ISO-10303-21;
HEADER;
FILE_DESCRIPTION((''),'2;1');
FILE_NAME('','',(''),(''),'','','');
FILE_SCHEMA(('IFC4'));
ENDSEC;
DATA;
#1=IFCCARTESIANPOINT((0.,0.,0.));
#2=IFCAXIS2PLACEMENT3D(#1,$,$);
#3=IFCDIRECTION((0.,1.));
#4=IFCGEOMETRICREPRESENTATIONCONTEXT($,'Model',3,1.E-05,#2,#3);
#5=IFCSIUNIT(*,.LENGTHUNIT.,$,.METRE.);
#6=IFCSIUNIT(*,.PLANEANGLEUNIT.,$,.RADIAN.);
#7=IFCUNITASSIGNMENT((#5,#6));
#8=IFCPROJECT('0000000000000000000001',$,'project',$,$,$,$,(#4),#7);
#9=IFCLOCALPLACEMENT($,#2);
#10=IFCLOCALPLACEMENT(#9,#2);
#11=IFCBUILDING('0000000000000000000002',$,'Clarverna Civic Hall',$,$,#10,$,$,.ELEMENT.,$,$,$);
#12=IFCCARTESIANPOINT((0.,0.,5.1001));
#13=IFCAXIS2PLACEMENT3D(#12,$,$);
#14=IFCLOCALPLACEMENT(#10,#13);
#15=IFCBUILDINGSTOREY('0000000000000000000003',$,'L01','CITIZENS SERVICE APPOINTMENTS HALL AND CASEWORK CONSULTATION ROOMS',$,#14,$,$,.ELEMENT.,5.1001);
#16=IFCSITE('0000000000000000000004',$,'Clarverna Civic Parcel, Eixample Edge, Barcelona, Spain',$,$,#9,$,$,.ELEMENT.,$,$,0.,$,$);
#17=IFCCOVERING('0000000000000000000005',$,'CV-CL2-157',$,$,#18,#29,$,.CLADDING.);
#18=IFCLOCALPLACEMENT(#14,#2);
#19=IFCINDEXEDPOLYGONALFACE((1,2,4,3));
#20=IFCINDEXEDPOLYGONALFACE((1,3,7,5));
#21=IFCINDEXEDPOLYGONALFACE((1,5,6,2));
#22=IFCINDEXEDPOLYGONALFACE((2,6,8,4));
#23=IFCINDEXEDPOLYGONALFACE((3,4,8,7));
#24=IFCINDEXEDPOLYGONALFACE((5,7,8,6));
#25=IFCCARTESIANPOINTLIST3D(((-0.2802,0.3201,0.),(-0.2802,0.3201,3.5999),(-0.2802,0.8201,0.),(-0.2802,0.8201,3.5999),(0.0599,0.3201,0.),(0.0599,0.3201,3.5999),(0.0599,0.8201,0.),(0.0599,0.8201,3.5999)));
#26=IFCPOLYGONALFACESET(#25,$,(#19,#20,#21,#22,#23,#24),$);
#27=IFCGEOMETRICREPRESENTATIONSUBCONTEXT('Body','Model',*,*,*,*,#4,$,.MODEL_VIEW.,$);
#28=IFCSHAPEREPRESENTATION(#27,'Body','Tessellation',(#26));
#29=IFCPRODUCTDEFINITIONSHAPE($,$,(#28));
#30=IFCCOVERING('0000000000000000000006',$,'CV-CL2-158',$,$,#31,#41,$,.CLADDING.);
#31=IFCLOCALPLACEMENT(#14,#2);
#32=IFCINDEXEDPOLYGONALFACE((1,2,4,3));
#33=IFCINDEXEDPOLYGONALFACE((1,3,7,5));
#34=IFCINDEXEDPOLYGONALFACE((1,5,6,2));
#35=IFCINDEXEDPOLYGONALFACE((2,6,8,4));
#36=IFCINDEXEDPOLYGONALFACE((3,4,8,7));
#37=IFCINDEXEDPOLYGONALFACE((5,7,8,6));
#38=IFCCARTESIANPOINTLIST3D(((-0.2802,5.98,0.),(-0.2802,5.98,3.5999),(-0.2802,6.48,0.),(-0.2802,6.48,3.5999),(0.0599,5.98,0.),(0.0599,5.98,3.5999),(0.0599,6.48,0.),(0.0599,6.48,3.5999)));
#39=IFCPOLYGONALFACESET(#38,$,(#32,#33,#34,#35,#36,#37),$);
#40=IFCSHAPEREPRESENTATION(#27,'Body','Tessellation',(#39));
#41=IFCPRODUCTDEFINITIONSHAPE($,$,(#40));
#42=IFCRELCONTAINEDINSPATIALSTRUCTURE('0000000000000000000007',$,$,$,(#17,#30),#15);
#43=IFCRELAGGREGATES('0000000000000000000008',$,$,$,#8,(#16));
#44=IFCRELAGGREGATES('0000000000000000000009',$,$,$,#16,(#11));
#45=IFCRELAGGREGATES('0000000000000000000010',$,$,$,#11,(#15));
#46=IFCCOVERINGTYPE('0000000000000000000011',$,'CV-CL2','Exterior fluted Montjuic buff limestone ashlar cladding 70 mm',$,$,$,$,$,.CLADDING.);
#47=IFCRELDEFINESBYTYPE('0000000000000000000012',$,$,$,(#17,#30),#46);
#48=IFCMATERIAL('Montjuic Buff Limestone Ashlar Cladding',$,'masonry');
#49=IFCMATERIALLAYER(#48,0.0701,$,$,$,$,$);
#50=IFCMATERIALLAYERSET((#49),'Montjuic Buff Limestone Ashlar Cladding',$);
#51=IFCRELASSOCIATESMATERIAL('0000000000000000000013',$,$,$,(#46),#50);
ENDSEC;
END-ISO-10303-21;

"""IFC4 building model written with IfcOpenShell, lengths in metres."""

from ifc_helpers import new_model, si_unit, direction, frame, frame_2d, origin, place, context, subcontext, project, spatial, rectangle, extrude, material, layer, layer_set, type_object, element, save


model = new_model("IFC4")

# Units and contexts
model_context = context("Model", 3, precision=1e-05, world=origin(), true_north=direction((0.0, 1.0)))
body_context = subcontext(model_context, "Body", "Model", "MODEL_VIEW")
ifc_project = project(units=[si_unit("LENGTHUNIT", "METRE"), si_unit("PLANEANGLEUNIT", "RADIAN")], contexts=[model_context])

# Site, building, storey
site_placement = place(None, origin())
site = spatial("IfcSite", under=ifc_project, at=site_placement, Name="Clarverna Civic Parcel, Eixample Edge, Barcelona, Spain", CompositionType="ELEMENT", RefElevation=0.0)
building_placement = place(site_placement, origin())
building = spatial("IfcBuilding", under=site, at=building_placement, Name="Clarverna Civic Hall", CompositionType="ELEMENT")
storey_placement = place(building_placement, frame((0.0, 0.0, 5.1001)))
storey = spatial("IfcBuildingStorey", under=building, at=storey_placement, Name="L01", Description="CITIZENS SERVICE APPOINTMENTS HALL AND CASEWORK CONSULTATION ROOMS", CompositionType="ELEMENT", Elevation=5.1001)

# Coverings
ifc_material_1 = material(Name="Montjuic Buff Limestone Ashlar Cladding", Category="masonry")
ifc_layer_1 = layer(ifc_material_1, 0.0701)
ifc_layer_set_1 = layer_set([ifc_layer_1], Name="Montjuic Buff Limestone Ashlar Cladding")
covering_type = type_object("IfcCoveringType", Name="CV-CL2", Description="Exterior fluted Montjuic buff limestone ashlar cladding 70 mm", PredefinedType="CLADDING", material=ifc_layer_set_1)
for number, where, z_axis, x_axis, name in (
    (1, (-0.1101, 0.3201, 0.0), (0.0, 0.0, 1.0), (0.0, 1.0, 0.0), "CV-CL2-157"),
    (2, (-0.1101, 5.98, 0.0), (0.0, 0.0, 1.0), (0.0, 1.0, 0.0), "CV-CL2-158"),
):
    element("IfcCovering", number, at=place(storey_placement, frame(where, z_axis=z_axis, x_axis=x_axis)), inside=storey, type_object=covering_type, Name=name, PredefinedType="CLADDING", context=body_context, shape_type="SweptSolid", body=[
        extrude(rectangle(XDim=0.5, YDim=0.3401, at=frame_2d((0.25, 0.0))), origin(), (0.0, 0.0, 1.0), 3.5999),
    ])

save(model, "model.ifc")
